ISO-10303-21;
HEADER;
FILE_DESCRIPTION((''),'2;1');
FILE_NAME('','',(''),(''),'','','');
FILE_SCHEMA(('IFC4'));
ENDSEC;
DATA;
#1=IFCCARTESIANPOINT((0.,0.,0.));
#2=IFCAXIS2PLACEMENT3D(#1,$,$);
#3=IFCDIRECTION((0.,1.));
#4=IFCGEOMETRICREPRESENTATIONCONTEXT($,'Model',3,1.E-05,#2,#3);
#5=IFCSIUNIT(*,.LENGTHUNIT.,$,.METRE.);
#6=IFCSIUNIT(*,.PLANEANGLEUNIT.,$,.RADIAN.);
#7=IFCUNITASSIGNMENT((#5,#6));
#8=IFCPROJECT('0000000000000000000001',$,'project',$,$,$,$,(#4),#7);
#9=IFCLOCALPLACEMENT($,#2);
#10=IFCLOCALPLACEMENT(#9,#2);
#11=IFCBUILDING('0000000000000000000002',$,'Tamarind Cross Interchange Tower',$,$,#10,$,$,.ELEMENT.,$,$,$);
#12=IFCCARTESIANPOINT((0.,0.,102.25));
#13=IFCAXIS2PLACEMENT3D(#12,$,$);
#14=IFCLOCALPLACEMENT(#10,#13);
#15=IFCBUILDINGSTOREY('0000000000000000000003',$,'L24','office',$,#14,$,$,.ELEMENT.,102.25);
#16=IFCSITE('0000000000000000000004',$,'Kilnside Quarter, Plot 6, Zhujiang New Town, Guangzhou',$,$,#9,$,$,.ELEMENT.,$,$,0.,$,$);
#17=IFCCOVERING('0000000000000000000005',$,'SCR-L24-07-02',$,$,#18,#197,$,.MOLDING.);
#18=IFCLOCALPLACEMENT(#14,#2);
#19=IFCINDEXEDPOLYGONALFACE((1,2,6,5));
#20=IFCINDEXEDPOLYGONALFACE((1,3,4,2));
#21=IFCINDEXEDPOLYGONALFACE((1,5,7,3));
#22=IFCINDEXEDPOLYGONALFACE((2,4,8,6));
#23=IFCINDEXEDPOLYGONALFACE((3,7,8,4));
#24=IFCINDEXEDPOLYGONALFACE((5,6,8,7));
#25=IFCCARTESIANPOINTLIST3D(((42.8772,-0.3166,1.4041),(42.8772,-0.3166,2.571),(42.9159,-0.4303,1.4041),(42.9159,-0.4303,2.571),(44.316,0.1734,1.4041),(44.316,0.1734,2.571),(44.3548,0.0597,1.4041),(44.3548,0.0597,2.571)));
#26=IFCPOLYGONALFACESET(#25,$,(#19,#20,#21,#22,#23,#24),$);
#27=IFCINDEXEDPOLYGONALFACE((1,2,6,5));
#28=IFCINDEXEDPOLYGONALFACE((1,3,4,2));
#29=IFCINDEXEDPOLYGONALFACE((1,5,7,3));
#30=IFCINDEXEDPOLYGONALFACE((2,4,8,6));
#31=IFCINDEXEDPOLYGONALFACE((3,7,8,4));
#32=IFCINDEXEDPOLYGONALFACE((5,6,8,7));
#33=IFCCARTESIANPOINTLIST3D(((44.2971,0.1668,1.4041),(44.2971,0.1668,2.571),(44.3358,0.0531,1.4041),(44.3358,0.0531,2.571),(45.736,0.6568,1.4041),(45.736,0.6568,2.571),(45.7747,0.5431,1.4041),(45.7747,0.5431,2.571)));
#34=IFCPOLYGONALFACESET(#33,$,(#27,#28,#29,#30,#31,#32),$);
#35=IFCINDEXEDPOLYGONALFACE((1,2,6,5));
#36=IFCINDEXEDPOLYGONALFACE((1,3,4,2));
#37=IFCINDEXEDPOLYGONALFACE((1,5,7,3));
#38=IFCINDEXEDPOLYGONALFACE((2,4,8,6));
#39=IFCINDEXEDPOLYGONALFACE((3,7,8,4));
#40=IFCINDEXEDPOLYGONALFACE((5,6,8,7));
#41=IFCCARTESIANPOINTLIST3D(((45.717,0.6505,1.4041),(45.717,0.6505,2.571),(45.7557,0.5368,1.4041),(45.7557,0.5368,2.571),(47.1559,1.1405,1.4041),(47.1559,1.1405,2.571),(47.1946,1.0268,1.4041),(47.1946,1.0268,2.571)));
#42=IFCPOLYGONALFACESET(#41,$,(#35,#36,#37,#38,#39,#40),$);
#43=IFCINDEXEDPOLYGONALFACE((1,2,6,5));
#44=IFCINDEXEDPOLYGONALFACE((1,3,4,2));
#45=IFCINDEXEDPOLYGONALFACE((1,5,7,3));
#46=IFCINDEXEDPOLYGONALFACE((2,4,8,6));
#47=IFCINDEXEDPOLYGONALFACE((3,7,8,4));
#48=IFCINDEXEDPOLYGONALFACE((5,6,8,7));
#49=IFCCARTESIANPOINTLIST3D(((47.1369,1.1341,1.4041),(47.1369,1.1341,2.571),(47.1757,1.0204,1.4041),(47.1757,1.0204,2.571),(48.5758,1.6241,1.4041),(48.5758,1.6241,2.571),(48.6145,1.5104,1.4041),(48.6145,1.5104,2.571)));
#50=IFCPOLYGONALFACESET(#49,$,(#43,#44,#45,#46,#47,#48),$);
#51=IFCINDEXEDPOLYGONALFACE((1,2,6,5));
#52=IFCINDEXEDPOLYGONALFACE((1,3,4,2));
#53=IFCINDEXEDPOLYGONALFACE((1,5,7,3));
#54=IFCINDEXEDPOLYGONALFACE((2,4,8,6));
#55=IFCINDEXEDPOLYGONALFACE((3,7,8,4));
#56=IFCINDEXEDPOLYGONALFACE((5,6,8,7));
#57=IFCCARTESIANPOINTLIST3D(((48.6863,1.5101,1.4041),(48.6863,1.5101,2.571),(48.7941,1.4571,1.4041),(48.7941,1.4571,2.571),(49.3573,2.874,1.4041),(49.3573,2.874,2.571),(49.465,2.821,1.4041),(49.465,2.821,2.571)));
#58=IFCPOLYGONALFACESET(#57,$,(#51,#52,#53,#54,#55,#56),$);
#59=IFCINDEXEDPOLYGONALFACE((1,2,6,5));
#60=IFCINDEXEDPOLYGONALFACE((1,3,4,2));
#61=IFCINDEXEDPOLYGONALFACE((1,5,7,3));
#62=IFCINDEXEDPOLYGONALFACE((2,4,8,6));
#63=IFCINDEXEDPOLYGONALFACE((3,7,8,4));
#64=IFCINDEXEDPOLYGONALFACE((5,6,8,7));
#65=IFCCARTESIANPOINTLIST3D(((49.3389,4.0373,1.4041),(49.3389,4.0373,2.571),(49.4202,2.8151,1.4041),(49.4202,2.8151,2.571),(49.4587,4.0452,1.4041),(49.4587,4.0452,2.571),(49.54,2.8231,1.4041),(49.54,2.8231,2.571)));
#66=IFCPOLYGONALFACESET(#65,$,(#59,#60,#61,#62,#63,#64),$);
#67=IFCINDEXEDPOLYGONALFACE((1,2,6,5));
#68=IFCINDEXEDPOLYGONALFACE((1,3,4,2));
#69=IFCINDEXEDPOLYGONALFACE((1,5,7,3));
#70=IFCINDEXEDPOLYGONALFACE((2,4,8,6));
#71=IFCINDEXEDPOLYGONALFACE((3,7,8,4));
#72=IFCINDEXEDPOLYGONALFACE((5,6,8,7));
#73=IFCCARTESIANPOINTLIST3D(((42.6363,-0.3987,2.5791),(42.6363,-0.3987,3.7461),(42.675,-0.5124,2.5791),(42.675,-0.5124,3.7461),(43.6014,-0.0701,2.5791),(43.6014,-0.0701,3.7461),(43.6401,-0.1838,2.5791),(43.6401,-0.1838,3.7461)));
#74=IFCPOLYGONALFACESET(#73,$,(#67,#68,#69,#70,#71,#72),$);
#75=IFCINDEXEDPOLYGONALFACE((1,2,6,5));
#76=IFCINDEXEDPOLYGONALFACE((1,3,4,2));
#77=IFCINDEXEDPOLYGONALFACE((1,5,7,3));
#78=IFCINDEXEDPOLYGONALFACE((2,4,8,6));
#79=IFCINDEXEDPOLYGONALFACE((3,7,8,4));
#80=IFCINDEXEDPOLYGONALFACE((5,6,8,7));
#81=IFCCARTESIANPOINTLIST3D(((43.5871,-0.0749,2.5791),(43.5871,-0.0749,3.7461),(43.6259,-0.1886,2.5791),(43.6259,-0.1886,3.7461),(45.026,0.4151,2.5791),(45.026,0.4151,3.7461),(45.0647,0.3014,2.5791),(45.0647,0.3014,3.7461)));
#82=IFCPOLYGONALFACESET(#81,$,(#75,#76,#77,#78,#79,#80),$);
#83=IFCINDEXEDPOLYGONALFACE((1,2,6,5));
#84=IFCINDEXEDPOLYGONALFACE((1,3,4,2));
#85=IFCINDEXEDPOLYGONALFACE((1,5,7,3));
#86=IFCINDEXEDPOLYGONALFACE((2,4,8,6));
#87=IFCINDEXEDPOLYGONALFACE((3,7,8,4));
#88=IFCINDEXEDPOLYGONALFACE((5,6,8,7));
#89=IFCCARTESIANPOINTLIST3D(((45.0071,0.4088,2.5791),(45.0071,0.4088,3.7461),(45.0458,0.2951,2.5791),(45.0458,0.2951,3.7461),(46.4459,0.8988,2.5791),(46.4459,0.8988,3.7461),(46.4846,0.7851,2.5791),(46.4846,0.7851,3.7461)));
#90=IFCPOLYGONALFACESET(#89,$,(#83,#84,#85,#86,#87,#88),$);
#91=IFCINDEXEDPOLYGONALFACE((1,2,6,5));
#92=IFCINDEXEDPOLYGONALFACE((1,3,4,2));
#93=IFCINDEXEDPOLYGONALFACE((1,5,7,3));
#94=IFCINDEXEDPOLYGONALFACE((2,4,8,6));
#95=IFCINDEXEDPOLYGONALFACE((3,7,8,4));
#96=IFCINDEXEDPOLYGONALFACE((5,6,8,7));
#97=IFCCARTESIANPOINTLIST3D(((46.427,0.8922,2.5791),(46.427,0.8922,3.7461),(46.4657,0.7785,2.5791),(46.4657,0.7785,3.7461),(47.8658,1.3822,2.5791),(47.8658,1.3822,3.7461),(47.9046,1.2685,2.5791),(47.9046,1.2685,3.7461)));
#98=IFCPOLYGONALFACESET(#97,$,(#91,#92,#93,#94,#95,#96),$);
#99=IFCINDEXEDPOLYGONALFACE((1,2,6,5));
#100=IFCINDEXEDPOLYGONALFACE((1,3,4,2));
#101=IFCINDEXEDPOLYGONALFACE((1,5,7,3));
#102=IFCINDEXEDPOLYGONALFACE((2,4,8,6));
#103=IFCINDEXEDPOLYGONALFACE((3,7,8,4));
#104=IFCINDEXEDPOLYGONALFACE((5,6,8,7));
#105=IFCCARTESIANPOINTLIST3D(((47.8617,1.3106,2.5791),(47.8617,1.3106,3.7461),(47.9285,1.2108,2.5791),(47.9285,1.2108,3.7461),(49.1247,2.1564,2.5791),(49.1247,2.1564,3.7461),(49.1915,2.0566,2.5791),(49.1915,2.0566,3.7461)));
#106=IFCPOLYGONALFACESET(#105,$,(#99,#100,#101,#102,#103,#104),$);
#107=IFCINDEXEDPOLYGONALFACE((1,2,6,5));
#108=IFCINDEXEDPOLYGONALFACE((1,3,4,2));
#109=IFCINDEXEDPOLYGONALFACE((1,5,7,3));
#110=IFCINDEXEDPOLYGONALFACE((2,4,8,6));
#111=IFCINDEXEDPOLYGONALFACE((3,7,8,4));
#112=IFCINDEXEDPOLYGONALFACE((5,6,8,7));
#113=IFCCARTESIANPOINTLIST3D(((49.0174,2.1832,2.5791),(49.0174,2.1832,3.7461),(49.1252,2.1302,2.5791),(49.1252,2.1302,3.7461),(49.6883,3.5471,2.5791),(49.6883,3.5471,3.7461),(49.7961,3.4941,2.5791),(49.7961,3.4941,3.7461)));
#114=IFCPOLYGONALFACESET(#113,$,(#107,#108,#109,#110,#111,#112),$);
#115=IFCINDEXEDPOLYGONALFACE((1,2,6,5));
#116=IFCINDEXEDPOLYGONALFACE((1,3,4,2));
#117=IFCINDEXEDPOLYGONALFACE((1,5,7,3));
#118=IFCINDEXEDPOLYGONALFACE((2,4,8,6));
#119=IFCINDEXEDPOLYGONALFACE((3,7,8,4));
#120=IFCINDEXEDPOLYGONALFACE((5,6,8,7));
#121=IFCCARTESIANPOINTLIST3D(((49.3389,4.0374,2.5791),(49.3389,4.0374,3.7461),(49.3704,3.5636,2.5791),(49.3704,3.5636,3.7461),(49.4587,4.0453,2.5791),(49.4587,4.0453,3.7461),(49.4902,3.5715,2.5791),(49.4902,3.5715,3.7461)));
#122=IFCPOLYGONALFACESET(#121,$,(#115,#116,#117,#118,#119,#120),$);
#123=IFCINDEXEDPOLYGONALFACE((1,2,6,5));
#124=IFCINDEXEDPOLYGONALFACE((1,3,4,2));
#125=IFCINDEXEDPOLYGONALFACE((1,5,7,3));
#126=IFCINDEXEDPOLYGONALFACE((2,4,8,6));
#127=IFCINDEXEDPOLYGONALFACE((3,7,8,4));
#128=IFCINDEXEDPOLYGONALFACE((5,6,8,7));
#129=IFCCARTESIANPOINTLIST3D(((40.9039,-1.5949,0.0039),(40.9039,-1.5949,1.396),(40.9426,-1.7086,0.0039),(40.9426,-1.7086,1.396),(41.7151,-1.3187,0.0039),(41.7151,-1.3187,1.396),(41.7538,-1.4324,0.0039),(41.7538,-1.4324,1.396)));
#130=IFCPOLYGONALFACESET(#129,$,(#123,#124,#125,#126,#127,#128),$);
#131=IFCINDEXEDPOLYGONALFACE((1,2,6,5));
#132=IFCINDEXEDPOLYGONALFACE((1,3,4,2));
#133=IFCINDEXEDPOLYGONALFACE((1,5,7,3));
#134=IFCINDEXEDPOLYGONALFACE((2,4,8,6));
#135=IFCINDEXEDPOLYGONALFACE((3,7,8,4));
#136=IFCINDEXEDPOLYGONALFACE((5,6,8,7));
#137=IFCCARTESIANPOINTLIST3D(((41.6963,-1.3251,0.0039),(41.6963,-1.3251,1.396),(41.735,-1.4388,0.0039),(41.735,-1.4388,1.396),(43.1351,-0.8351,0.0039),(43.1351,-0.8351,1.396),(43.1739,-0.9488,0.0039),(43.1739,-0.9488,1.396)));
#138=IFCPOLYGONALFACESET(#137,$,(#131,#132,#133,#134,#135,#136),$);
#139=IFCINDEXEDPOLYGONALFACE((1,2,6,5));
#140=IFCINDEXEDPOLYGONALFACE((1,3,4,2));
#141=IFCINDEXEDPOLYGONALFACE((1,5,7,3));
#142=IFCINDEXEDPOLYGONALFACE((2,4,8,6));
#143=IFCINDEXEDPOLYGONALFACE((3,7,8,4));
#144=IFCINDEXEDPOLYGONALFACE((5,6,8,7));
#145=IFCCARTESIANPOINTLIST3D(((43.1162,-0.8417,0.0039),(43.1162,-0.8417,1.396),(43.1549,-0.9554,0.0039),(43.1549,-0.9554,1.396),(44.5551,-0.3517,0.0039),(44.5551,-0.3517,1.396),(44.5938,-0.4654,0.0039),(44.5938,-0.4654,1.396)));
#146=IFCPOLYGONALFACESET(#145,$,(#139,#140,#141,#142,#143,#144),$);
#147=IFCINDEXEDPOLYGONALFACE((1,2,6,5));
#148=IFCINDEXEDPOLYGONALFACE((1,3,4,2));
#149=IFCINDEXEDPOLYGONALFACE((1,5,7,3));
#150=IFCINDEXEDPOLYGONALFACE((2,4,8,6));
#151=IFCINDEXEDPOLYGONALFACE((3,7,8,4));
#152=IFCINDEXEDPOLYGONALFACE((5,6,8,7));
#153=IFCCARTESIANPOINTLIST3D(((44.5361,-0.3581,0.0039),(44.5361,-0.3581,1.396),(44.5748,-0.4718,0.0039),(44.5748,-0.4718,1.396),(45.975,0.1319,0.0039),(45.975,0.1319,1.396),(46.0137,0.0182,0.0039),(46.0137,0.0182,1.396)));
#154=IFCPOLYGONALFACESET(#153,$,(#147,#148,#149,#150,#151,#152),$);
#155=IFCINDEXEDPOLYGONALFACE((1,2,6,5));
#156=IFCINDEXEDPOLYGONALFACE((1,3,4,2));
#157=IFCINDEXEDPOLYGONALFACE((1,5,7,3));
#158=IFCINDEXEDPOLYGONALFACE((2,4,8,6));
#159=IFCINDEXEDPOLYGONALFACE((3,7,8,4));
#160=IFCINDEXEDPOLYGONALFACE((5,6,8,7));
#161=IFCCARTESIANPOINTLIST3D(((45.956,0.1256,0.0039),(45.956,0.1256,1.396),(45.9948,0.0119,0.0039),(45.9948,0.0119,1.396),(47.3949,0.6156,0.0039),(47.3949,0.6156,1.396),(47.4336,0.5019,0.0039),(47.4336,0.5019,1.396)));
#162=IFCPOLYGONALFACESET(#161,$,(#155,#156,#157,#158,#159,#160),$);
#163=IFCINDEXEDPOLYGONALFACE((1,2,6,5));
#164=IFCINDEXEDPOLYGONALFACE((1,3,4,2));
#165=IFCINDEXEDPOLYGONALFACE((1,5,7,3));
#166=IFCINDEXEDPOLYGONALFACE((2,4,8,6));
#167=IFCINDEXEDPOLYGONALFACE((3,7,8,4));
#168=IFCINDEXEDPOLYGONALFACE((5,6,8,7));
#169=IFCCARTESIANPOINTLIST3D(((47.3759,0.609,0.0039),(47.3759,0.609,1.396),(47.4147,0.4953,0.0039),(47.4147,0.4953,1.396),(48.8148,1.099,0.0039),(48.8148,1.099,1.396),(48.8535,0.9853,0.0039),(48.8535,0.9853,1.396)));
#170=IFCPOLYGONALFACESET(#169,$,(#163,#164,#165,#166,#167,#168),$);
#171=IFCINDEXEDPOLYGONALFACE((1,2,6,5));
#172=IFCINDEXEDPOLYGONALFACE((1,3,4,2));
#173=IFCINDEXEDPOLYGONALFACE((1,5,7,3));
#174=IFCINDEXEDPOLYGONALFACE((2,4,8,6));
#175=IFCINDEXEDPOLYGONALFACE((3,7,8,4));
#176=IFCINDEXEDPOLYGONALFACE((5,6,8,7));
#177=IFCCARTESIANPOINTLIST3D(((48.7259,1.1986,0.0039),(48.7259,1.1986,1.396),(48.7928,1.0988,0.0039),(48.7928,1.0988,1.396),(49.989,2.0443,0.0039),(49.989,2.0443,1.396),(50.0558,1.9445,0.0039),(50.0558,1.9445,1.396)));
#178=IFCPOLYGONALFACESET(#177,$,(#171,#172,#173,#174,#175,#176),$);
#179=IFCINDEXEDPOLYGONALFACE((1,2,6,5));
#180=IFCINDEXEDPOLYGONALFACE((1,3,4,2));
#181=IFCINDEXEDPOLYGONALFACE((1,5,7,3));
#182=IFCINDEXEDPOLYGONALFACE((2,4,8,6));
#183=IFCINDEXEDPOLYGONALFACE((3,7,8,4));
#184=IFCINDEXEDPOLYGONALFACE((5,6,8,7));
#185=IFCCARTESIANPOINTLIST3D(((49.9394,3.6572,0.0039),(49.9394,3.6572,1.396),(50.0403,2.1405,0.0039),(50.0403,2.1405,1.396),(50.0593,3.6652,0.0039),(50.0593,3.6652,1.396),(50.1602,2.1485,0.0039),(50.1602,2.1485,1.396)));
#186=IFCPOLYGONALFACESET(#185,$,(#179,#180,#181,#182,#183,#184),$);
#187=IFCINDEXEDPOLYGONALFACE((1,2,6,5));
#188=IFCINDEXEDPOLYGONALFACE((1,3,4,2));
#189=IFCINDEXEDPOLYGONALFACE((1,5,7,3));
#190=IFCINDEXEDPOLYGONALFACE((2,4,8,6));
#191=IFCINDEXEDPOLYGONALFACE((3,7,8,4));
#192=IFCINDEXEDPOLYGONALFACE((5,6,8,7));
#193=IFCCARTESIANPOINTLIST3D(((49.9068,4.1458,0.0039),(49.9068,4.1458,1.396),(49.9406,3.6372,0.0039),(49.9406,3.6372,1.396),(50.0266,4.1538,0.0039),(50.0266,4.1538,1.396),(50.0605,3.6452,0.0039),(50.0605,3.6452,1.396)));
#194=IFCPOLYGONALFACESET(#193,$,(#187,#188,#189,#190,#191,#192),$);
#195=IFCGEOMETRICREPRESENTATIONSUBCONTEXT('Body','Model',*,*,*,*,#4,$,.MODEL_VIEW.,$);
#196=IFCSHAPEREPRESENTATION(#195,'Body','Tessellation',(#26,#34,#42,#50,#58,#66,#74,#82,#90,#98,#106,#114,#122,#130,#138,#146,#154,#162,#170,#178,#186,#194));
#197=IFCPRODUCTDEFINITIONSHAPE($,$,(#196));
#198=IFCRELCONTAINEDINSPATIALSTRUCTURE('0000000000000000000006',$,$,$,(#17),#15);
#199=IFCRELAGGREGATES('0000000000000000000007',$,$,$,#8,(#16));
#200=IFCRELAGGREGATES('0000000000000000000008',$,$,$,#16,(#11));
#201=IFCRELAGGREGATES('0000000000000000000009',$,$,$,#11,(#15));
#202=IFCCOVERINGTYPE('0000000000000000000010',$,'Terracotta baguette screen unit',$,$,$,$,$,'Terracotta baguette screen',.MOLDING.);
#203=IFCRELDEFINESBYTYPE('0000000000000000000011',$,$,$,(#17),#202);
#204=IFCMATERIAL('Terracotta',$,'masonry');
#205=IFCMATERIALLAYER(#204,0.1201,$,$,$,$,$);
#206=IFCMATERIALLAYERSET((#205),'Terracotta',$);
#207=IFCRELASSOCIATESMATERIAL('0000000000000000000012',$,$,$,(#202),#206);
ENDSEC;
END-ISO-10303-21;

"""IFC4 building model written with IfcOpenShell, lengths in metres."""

from ifc_helpers import new_model, si_unit, direction, frame, origin, origin_2d, place, context, subcontext, project, spatial, rectangle, extrude, material, layer, layer_set, type_object, element, save


model = new_model("IFC4")

# Units and contexts
model_context = context("Model", 3, precision=1e-05, world=origin(), true_north=direction((0.0, 1.0)))
body_context = subcontext(model_context, "Body", "Model", "MODEL_VIEW")
ifc_project = project(units=[si_unit("LENGTHUNIT", "METRE"), si_unit("PLANEANGLEUNIT", "RADIAN")], contexts=[model_context])

# Site, building, storey
site_placement = place(None, origin())
site = spatial("IfcSite", under=ifc_project, at=site_placement, Name="Kilnside Quarter, Plot 6, Zhujiang New Town, Guangzhou", CompositionType="ELEMENT", RefElevation=0.0)
building_placement = place(site_placement, origin())
building = spatial("IfcBuilding", under=site, at=building_placement, Name="Tamarind Cross Interchange Tower", CompositionType="ELEMENT")
storey_placement = place(building_placement, frame((0.0, 0.0, 102.25)))
storey = spatial("IfcBuildingStorey", under=building, at=storey_placement, Name="L24", Description="office", CompositionType="ELEMENT", Elevation=102.25)

# Covering
ifc_material_1 = material(Name="Terracotta", Category="masonry")
ifc_layer_1 = layer(ifc_material_1, 0.1201)
ifc_layer_set_1 = layer_set([ifc_layer_1], Name="Terracotta")
covering_type = type_object("IfcCoveringType", Name="Terracotta baguette screen unit", ElementType="Terracotta baguette screen", PredefinedType="MOLDING", material=ifc_layer_set_1)
covering_1_placement = place(storey_placement, origin())
element("IfcCovering", 1, at=covering_1_placement, inside=storey, type_object=covering_type, Name="SCR-L24-07-02", PredefinedType="MOLDING", context=body_context, shape_type="SweptSolid", body=[
    extrude(rectangle(XDim=1.52, YDim=0.1201, at=origin_2d()), frame((43.616, -0.1284, 1.4041), z_axis=(0.0, 0.0, 1.0), x_axis=(0.946613, 0.322371, 0.0)), (0.0, 0.0, 1.0), 1.167),
    extrude(rectangle(XDim=1.52, YDim=0.1201, at=origin_2d()), frame((45.0359, 0.355, 1.4041), z_axis=(0.0, 0.0, 1.0), x_axis=(0.946613, 0.322371, 0.0)), (0.0, 0.0, 1.0), 1.167),
    extrude(rectangle(XDim=1.52, YDim=0.1201, at=origin_2d()), frame((46.4558, 0.8386, 1.4041), z_axis=(0.0, 0.0, 1.0), x_axis=(0.946613, 0.322371, 0.0)), (0.0, 0.0, 1.0), 1.167),
    extrude(rectangle(XDim=1.52, YDim=0.1201, at=origin_2d()), frame((47.8757, 1.3223, 1.4041), z_axis=(0.0, 0.0, 1.0), x_axis=(0.946613, 0.322371, 0.0)), (0.0, 0.0, 1.0), 1.167),
    extrude(rectangle(XDim=1.52, YDim=0.1201, at=origin_2d()), frame((49.0757, 2.1655, 1.4041), z_axis=(0.0, 0.0, 1.0), x_axis=(0.441406, 0.897308, 0.0)), (0.0, 0.0, 1.0), 1.167),
    extrude(rectangle(XDim=1.2249, YDim=0.1201, at=origin_2d()), frame((49.4395, 3.4302, 1.4041), z_axis=(0.0, 0.0, 1.0), x_axis=(-0.066385, 0.997794, 0.0)), (0.0, 0.0, 1.0), 1.167),
    extrude(rectangle(XDim=1.0195, YDim=0.1201, at=origin_2d()), frame((43.1382, -0.2913, 2.5791), z_axis=(0.0, 0.0, 1.0), x_axis=(0.946613, 0.322371, 0.0)), (0.0, 0.0, 1.0), 1.167),
    extrude(rectangle(XDim=1.52, YDim=0.1201, at=origin_2d()), frame((44.3259, 0.1133, 2.5791), z_axis=(0.0, 0.0, 1.0), x_axis=(0.946613, 0.322371, 0.0)), (0.0, 0.0, 1.0), 1.167),
    extrude(rectangle(XDim=1.52, YDim=0.1201, at=origin_2d()), frame((45.7458, 0.5969, 2.5791), z_axis=(0.0, 0.0, 1.0), x_axis=(0.946613, 0.322371, 0.0)), (0.0, 0.0, 1.0), 1.167),
    extrude(rectangle(XDim=1.52, YDim=0.1201, at=origin_2d()), frame((47.1658, 1.0803, 2.5791), z_axis=(0.0, 0.0, 1.0), x_axis=(0.946613, 0.322371, 0.0)), (0.0, 0.0, 1.0), 1.167),
    extrude(rectangle(XDim=1.52, YDim=0.1201, at=origin_2d()), frame((48.5266, 1.6836, 2.5791), z_axis=(0.0, 0.0, 1.0), x_axis=(0.830922, 0.556388, 0.0)), (0.0, 0.0, 1.0), 1.167),
    extrude(rectangle(XDim=1.52, YDim=0.1201, at=origin_2d()), frame((49.4067, 2.8386, 2.5791), z_axis=(0.0, 0.0, 1.0), x_axis=(0.441406, 0.897308, 0.0)), (0.0, 0.0, 1.0), 1.167),
    extrude(rectangle(XDim=0.4749, YDim=0.1201, at=origin_2d()), frame((49.4146, 3.8044, 2.5791), z_axis=(0.0, 0.0, 1.0), x_axis=(-0.066385, 0.997794, 0.0)), (0.0, 0.0, 1.0), 1.167),
    extrude(rectangle(XDim=0.8569, YDim=0.1201, at=origin_2d()), frame((41.3289, -1.5137, 0.0039), z_axis=(0.0, 0.0, 1.0), x_axis=(0.946613, 0.322371, 0.0)), (0.0, 0.0, 1.0), 1.3921),
    extrude(rectangle(XDim=1.52, YDim=0.1201, at=origin_2d()), frame((42.4351, -1.137, 0.0039), z_axis=(0.0, 0.0, 1.0), x_axis=(0.946613, 0.322371, 0.0)), (0.0, 0.0, 1.0), 1.3921),
    extrude(rectangle(XDim=1.52, YDim=0.1201, at=origin_2d()), frame((43.855, -0.6536, 0.0039), z_axis=(0.0, 0.0, 1.0), x_axis=(0.946613, 0.322371, 0.0)), (0.0, 0.0, 1.0), 1.3921),
    extrude(rectangle(XDim=1.52, YDim=0.1201, at=origin_2d()), frame((45.2749, -0.1699, 0.0039), z_axis=(0.0, 0.0, 1.0), x_axis=(0.946613, 0.322371, 0.0)), (0.0, 0.0, 1.0), 1.3921),
    extrude(rectangle(XDim=1.52, YDim=0.1201, at=origin_2d()), frame((46.6948, 0.3137, 0.0039), z_axis=(0.0, 0.0, 1.0), x_axis=(0.946613, 0.322371, 0.0)), (0.0, 0.0, 1.0), 1.3921),
    extrude(rectangle(XDim=1.52, YDim=0.1201, at=origin_2d()), frame((48.1147, 0.7971, 0.0039), z_axis=(0.0, 0.0, 1.0), x_axis=(0.946613, 0.322371, 0.0)), (0.0, 0.0, 1.0), 1.3921),
    extrude(rectangle(XDim=1.52, YDim=0.1201, at=origin_2d()), frame((49.3909, 1.5715, 0.0039), z_axis=(0.0, 0.0, 1.0), x_axis=(0.830922, 0.556388, 0.0)), (0.0, 0.0, 1.0), 1.3921),
    extrude(rectangle(XDim=1.52, YDim=0.1201, at=origin_2d()), frame((50.0498, 2.9028, 0.0039), z_axis=(0.0, 0.0, 1.0), x_axis=(-0.066385, 0.997794, 0.0)), (0.0, 0.0, 1.0), 1.3921),
    extrude(rectangle(XDim=0.5098, YDim=0.1201, at=origin_2d()), frame((49.9836, 3.8955, 0.0039), z_axis=(0.0, 0.0, 1.0), x_axis=(-0.066385, 0.997794, 0.0)), (0.0, 0.0, 1.0), 1.3921),
])

save(model, "model.ifc")
